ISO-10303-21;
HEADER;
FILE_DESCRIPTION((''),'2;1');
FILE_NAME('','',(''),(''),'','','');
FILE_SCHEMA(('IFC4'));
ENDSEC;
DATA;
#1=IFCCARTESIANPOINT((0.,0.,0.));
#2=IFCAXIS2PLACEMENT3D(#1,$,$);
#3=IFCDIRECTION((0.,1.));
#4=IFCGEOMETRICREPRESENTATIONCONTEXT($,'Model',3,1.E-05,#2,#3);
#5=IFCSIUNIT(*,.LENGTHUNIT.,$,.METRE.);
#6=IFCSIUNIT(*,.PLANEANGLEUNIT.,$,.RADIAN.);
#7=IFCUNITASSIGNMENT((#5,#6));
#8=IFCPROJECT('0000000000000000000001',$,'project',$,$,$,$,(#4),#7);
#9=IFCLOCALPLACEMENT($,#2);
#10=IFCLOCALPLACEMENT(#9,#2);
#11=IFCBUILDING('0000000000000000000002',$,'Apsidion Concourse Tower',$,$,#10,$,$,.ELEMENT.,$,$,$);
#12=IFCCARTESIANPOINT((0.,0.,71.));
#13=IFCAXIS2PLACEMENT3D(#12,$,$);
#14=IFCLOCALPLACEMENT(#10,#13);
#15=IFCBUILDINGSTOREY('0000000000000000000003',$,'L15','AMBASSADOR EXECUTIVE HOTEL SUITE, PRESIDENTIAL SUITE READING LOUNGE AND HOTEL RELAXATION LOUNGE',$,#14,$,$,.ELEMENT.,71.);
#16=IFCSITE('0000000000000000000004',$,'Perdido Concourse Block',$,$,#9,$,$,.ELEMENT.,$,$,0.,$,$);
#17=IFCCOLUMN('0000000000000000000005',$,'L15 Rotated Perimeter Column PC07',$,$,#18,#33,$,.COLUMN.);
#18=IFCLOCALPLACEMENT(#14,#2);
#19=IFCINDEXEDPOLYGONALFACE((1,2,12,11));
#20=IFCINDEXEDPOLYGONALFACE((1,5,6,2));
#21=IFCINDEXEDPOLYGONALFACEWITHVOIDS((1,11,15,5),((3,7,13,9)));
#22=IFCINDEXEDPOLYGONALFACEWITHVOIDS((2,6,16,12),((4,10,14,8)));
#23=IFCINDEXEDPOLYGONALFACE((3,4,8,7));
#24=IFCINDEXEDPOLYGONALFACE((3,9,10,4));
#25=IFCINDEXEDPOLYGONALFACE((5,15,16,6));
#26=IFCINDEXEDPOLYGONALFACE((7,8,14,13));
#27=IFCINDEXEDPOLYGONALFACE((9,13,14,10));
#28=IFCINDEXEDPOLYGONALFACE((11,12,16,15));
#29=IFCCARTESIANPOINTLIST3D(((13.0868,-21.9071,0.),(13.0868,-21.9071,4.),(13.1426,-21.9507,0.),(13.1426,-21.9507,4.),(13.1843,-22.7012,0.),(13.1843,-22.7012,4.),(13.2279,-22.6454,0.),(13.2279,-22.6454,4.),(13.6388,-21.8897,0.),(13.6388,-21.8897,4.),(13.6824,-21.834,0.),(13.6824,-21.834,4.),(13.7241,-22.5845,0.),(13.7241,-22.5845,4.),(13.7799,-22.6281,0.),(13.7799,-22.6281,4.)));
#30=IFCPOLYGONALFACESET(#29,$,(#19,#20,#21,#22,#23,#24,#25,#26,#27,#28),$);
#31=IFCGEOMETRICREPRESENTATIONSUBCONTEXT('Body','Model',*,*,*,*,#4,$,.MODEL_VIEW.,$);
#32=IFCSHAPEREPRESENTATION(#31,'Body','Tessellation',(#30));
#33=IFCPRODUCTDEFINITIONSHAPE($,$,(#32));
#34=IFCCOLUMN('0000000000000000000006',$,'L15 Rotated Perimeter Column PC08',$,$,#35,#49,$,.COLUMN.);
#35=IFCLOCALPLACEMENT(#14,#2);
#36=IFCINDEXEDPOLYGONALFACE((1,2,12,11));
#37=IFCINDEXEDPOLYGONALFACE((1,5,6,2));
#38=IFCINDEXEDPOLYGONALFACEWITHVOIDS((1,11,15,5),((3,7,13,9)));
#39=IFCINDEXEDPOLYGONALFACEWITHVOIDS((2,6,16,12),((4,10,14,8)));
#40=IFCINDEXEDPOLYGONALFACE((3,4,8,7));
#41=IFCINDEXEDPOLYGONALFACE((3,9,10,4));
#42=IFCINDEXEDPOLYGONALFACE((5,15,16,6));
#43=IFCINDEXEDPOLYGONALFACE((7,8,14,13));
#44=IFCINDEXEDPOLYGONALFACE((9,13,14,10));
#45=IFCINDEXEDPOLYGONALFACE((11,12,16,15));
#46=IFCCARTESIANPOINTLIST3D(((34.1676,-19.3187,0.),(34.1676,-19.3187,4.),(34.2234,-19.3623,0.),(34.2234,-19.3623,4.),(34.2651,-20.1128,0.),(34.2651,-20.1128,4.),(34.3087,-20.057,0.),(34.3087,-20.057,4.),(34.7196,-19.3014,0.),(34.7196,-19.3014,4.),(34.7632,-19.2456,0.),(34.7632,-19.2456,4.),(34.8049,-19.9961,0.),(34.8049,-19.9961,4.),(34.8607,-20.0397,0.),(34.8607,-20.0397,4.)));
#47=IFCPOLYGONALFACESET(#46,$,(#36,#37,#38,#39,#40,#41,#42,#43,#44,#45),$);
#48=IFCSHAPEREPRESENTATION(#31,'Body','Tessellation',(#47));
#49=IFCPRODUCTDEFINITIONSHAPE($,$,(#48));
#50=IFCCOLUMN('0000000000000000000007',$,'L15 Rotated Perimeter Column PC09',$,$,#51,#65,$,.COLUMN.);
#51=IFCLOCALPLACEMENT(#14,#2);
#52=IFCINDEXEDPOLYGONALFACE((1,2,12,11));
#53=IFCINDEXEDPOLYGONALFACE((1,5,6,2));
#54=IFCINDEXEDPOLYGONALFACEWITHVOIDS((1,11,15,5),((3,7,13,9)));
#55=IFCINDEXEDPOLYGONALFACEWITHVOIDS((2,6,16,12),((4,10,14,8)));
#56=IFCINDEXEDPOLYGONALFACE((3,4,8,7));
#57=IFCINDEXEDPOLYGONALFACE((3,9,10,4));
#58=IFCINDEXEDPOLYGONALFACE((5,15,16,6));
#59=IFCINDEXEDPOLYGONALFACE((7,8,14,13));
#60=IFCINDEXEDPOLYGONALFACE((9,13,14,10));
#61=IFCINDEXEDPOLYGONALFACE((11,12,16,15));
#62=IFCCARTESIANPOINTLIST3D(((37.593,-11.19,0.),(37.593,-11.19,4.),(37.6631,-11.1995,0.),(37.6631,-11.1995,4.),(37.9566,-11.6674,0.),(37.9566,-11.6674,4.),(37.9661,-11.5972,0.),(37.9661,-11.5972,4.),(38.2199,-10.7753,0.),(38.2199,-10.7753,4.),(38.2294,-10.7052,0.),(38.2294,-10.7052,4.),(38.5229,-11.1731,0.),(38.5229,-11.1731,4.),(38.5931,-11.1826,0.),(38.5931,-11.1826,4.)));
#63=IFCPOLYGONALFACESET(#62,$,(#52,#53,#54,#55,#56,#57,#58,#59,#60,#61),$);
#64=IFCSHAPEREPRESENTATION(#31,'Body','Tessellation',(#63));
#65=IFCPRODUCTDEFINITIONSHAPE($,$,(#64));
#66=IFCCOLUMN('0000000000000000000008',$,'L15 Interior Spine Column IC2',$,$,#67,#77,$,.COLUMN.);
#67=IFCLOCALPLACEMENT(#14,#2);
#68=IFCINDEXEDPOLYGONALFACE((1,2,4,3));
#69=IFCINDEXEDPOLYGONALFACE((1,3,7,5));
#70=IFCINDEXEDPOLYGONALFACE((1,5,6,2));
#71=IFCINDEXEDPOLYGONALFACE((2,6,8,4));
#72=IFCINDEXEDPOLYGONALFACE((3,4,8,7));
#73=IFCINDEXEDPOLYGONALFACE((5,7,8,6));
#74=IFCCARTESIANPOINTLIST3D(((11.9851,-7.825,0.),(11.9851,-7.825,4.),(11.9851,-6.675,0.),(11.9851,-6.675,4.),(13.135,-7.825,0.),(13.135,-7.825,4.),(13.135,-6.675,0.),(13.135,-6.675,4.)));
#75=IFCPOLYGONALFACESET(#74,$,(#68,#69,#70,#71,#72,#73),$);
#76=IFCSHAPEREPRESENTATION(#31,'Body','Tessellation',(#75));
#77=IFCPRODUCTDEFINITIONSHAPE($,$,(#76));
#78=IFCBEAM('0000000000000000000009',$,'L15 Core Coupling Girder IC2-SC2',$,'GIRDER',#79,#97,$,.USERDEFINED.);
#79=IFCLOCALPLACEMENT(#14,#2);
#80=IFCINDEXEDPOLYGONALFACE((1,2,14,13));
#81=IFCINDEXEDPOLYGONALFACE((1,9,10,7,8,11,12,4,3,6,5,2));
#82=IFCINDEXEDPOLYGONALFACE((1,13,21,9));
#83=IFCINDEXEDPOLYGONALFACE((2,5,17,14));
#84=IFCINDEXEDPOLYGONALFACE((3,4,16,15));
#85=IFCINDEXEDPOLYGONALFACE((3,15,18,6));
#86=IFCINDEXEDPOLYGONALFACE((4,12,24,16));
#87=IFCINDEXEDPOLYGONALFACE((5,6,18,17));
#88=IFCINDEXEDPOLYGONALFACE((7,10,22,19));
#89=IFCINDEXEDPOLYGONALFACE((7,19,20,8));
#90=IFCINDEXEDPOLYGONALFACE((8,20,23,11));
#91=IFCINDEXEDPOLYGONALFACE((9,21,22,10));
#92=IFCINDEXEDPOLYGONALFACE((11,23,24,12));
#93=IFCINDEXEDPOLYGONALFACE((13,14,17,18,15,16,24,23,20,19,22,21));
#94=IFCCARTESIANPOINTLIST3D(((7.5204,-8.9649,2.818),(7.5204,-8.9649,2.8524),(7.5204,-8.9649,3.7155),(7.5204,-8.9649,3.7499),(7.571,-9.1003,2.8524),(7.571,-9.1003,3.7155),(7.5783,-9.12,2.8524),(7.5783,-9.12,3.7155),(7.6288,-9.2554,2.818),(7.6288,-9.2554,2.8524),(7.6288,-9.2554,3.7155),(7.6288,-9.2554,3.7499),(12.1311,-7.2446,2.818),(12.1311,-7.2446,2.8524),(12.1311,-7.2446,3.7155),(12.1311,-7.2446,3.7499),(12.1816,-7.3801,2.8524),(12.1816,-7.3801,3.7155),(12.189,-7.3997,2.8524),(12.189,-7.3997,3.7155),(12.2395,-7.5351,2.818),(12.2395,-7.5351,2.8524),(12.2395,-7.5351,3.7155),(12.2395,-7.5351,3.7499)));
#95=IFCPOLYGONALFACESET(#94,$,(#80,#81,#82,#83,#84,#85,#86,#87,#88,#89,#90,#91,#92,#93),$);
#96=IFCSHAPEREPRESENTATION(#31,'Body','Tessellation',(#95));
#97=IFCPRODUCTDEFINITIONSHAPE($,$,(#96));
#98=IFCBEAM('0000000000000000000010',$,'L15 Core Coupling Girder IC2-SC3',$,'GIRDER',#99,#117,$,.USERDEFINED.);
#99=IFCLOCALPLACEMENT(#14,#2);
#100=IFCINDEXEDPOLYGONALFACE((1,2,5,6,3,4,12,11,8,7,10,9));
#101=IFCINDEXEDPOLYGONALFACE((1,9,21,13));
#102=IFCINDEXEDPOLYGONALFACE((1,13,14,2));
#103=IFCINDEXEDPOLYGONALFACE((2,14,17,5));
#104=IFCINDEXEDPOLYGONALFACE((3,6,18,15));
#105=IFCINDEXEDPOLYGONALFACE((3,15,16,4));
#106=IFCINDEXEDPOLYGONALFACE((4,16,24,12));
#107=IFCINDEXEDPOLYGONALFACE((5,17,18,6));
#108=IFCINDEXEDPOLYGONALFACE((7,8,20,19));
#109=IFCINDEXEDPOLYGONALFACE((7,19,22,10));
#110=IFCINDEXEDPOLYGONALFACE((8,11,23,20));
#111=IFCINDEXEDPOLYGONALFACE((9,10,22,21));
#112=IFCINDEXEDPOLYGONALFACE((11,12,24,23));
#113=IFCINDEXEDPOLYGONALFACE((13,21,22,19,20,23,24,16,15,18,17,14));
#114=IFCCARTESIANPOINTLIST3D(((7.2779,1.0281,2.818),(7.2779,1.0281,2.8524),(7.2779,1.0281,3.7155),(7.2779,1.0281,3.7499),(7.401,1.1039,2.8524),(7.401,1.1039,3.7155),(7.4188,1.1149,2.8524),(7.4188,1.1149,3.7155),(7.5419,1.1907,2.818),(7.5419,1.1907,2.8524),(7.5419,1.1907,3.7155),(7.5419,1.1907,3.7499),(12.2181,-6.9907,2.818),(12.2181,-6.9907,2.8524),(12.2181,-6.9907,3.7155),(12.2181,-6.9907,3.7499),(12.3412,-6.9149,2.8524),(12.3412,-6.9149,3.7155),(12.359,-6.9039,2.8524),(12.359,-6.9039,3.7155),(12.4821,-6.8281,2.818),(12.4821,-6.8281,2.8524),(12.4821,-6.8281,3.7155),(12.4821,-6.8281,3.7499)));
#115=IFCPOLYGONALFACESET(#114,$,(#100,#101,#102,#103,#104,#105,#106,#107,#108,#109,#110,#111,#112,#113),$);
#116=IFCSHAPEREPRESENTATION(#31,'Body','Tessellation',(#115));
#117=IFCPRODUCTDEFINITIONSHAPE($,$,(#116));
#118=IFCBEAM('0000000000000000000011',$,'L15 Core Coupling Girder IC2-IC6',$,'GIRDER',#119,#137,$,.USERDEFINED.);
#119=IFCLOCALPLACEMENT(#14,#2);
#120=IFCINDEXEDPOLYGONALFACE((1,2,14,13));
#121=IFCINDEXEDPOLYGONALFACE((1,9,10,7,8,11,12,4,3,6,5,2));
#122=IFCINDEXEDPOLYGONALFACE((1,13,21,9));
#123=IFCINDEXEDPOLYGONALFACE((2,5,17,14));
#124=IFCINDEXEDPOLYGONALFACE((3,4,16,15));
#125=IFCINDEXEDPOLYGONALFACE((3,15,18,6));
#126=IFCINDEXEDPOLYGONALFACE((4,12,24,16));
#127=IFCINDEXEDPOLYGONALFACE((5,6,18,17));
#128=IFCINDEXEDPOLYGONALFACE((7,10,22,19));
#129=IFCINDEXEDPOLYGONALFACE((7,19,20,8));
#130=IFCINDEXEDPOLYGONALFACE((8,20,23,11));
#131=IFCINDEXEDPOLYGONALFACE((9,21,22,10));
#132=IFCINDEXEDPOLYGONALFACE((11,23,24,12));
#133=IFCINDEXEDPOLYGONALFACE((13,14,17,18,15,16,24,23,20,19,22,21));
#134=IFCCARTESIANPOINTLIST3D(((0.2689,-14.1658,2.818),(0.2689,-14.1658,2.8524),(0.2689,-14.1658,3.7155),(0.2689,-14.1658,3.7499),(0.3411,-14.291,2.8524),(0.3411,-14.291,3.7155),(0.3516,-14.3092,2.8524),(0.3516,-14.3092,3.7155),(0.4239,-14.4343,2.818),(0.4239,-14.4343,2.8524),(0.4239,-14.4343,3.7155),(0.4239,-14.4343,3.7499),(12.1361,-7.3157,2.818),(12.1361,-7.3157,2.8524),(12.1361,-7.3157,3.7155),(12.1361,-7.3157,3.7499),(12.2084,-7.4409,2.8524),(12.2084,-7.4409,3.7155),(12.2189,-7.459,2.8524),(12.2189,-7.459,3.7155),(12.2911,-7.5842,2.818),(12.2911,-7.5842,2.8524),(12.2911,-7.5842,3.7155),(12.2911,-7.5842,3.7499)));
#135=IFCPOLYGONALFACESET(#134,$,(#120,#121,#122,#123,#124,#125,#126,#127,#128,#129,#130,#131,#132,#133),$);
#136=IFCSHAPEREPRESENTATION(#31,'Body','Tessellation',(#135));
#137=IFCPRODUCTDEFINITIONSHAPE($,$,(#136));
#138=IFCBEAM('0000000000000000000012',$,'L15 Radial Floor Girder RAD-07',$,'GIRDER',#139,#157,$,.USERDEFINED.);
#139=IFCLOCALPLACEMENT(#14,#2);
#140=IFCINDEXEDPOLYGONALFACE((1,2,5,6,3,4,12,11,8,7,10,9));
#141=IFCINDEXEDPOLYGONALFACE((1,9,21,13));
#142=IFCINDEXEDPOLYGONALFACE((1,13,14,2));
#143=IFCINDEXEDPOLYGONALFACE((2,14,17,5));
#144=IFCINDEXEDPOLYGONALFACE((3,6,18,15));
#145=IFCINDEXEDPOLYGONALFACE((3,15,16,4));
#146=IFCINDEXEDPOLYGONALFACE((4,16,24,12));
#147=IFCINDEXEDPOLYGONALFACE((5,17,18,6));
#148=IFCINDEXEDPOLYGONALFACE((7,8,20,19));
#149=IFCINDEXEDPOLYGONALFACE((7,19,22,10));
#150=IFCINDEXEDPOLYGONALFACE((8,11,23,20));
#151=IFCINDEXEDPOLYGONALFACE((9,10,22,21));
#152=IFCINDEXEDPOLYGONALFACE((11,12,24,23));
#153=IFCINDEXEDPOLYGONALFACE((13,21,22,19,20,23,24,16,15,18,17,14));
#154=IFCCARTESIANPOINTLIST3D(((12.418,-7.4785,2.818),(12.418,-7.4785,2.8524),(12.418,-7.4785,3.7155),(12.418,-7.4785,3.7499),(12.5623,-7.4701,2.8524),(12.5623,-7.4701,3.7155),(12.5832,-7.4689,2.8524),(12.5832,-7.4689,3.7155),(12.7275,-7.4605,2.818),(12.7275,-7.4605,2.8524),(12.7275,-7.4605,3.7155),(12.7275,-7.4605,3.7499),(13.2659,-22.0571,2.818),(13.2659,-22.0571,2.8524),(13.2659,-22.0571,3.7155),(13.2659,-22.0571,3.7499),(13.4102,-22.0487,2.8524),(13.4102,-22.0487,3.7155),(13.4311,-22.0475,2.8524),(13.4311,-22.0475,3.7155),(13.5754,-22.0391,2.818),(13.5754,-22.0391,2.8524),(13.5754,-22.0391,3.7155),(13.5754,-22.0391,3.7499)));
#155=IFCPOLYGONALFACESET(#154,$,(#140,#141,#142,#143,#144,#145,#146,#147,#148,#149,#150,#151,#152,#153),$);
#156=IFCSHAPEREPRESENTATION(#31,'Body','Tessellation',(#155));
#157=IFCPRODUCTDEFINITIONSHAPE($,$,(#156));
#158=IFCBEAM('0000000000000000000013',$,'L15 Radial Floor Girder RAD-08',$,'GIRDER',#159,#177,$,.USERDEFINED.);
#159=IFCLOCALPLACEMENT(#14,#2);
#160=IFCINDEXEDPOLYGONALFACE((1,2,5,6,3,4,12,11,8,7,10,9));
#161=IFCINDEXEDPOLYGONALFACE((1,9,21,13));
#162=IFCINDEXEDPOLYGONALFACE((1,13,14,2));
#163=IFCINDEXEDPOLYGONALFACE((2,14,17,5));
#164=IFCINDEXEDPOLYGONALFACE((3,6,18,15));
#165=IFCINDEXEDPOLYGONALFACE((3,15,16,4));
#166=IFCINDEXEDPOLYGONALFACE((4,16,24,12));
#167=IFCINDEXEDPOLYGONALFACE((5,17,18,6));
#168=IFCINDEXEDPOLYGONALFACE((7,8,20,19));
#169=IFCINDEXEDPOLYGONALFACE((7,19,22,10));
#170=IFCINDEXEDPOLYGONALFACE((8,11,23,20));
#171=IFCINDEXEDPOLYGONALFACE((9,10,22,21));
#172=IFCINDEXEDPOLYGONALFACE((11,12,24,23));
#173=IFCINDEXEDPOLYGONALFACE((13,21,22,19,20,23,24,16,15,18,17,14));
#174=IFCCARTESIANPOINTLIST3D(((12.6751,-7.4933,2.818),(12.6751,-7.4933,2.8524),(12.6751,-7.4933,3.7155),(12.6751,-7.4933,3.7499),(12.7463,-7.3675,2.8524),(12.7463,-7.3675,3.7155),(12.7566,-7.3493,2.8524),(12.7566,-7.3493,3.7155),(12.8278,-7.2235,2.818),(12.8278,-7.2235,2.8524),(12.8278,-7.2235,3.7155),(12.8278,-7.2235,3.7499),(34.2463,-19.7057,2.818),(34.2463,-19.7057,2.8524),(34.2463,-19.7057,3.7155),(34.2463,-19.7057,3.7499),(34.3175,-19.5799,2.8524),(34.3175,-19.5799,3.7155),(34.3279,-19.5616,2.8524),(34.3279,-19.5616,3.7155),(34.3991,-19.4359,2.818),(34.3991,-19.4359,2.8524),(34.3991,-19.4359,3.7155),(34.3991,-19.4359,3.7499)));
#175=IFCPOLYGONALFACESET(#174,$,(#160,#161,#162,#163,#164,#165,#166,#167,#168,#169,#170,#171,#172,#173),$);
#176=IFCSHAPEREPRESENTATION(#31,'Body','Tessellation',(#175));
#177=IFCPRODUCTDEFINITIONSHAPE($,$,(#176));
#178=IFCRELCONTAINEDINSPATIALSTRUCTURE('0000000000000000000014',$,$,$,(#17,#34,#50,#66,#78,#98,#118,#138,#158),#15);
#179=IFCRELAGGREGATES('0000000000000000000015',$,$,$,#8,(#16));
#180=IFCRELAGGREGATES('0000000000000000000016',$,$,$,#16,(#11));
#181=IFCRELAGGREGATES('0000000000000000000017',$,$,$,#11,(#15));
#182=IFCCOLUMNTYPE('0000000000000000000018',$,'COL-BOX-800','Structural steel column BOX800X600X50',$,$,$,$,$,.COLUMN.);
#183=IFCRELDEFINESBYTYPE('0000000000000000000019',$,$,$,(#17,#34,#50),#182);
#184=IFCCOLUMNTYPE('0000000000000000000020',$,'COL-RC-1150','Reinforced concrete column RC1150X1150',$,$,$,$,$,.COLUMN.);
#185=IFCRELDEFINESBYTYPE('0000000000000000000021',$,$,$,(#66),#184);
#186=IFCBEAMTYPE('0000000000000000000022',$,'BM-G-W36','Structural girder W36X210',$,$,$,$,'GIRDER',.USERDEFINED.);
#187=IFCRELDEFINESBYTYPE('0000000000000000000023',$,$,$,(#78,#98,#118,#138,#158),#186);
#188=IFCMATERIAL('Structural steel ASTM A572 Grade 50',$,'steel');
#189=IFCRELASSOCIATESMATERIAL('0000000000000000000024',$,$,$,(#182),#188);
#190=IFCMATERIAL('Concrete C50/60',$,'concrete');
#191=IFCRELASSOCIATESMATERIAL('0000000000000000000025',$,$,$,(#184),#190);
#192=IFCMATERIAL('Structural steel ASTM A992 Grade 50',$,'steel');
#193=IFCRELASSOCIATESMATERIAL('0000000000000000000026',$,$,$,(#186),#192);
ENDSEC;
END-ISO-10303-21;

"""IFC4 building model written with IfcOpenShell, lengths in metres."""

from ifc_helpers import new_model, si_unit, direction, frame, origin, origin_2d, place, context, subcontext, project, spatial, rectangle, hollow_rectangle, i_section, extrude, material, material_profile, profile_set, type_object, element, save


model = new_model("IFC4")

# Units and contexts
model_context = context("Model", 3, precision=1e-05, world=origin(), true_north=direction((0.0, 1.0)))
body_context = subcontext(model_context, "Body", "Model", "MODEL_VIEW")
ifc_project = project(units=[si_unit("LENGTHUNIT", "METRE"), si_unit("PLANEANGLEUNIT", "RADIAN")], contexts=[model_context])

# Site, building, storey
site_placement = place(None, origin())
site = spatial("IfcSite", under=ifc_project, at=site_placement, Name="Perdido Concourse Block", CompositionType="ELEMENT", RefElevation=0.0)
building_placement = place(site_placement, origin())
building = spatial("IfcBuilding", under=site, at=building_placement, Name="Apsidion Concourse Tower", CompositionType="ELEMENT")
storey_placement = place(building_placement, frame((0.0, 0.0, 71.0)))
storey = spatial("IfcBuildingStorey", under=building, at=storey_placement, Name="L15", Description="AMBASSADOR EXECUTIVE HOTEL SUITE, PRESIDENTIAL SUITE READING LOUNGE AND HOTEL RELAXATION LOUNGE", CompositionType="ELEMENT", Elevation=71.0)

# Columns
ifc_material_1 = material(Name="Structural steel ASTM A572 Grade 50", Category="steel")
ifc_material_profile_1 = material_profile(ifc_material_1, hollow_rectangle(XDim=0.6001, YDim=0.8, WallThickness=0.05, at=origin_2d()), Name="BOX800X600X50")
ifc_profile_set_1 = profile_set([ifc_material_profile_1], Name="Structural steel ASTM A572 Grade 50")
column_type_1 = type_object("IfcColumnType", Name="COL-BOX-800", Description="Structural steel column BOX800X600X50", PredefinedType="COLUMN", material=ifc_profile_set_1)
for number, where, z_axis, x_axis, name in (
    (1, (13.4333, -22.2676, 0.0), (0.0, 0.0, 1.0), (0.992546, 0.121869, 0.0), "L15 Rotated Perimeter Column PC07"),
    (2, (34.5142, -19.6792, 0.0), (0.0, 0.0, 1.0), (0.992546, 0.121869, 0.0), "L15 Rotated Perimeter Column PC08"),
    (3, (38.093, -11.1863, 0.0), (0.0, 0.0, 1.0), (-0.605988, 0.795473, 0.0), "L15 Rotated Perimeter Column PC09"),
):
    element("IfcColumn", number, at=place(storey_placement, frame(where, z_axis=z_axis, x_axis=x_axis)), inside=storey, type_object=column_type_1, Name=name, PredefinedType="COLUMN", context=body_context, shape_type="SweptSolid", body=[
        extrude(hollow_rectangle(XDim=0.6001, YDim=0.8, WallThickness=0.05, at=origin_2d()), origin(), (0.0, 0.0, 1.0), 4.0),
    ])
ifc_material_2 = material(Name="Concrete C50/60", Category="concrete")
ifc_material_profile_2 = material_profile(ifc_material_2, rectangle(XDim=1.1499, YDim=1.1499, at=origin_2d()), Name="RC 1150x1150")
ifc_profile_set_2 = profile_set([ifc_material_profile_2], Name="Concrete C50/60")
column_type_2 = type_object("IfcColumnType", Name="COL-RC-1150", Description="Reinforced concrete column RC1150X1150", PredefinedType="COLUMN", material=ifc_profile_set_2)
column_placement = place(storey_placement, frame((12.5601, -7.25, 0.0), z_axis=(0.0, 0.0, 1.0), x_axis=(1.0, 0.0, 0.0)))
element("IfcColumn", 4, at=column_placement, inside=storey, type_object=column_type_2, Name="L15 Interior Spine Column IC2", PredefinedType="COLUMN", context=body_context, shape_type="SweptSolid", body=[
    extrude(rectangle(XDim=1.1499, YDim=1.1499, at=origin_2d()), origin(), (0.0, 0.0, 1.0), 4.0),
])

# Beams
ifc_material_3 = material(Name="Structural steel ASTM A992 Grade 50", Category="steel")
ifc_material_profile_3 = material_profile(ifc_material_3, i_section(OverallWidth=0.3101, OverallDepth=0.9319, WebThickness=0.021, FlangeThickness=0.0344, at=origin_2d()), Name="W36X210")
ifc_profile_set_3 = profile_set([ifc_material_profile_3], Name="Structural steel ASTM A992 Grade 50")
beam_type_1 = type_object("IfcBeamType", Name="BM-G-W36", Description="Structural girder W36X210", ElementType="GIRDER", PredefinedType="USERDEFINED", material=ifc_profile_set_3)
beam_1_placement = place(storey_placement, frame((12.1853, -7.3899, 3.2839), z_axis=(-0.936913, -0.349563, 0.0), x_axis=(0.349563, -0.936913, 0.0)))
element("IfcBeam", 5, at=beam_1_placement, inside=storey, type_object=beam_type_1, Name="L15 Core Coupling Girder IC2-SC2", ObjectType="GIRDER", PredefinedType="USERDEFINED", context=body_context, shape_type="SweptSolid", body=[
    extrude(i_section(OverallWidth=0.3101, OverallDepth=0.9319, WebThickness=0.021, FlangeThickness=0.0344, at=origin_2d()), origin(), (0.0, 0.0, 1.0), 4.9211),
])
beam_2_placement = place(storey_placement, frame((12.3501, -6.9094, 3.2839), z_axis=(-0.524524, 0.851396, 0.0), x_axis=(-0.851396, -0.524524, 0.0)))
element("IfcBeam", 6, at=beam_2_placement, inside=storey, type_object=beam_type_1, Name="L15 Core Coupling Girder IC2-SC3", ObjectType="GIRDER", PredefinedType="USERDEFINED", context=body_context, shape_type="SweptSolid", body=[
    extrude(i_section(OverallWidth=0.3101, OverallDepth=0.9319, WebThickness=0.021, FlangeThickness=0.0344, at=origin_2d()), origin(), (0.0, 0.0, 1.0), 9.4185),
])
beam_3_placement = place(storey_placement, frame((12.2136, -7.45, 3.2839), z_axis=(-0.86607, -0.499922, 0.0), x_axis=(0.499922, -0.86607, 0.0)))
element("IfcBeam", 7, at=beam_3_placement, inside=storey, type_object=beam_type_1, Name="L15 Core Coupling Girder IC2-IC6", ObjectType="GIRDER", PredefinedType="USERDEFINED", context=body_context, shape_type="SweptSolid", body=[
    extrude(i_section(OverallWidth=0.3101, OverallDepth=0.9319, WebThickness=0.021, FlangeThickness=0.0344, at=origin_2d()), origin(), (0.0, 0.0, 1.0), 13.7024),
])
beam_4_placement = place(storey_placement, frame((12.5728, -7.4695, 3.2839), z_axis=(0.058062, -0.998313, 0.0), x_axis=(0.998313, 0.058062, 0.0)))
element("IfcBeam", 8, at=beam_4_placement, inside=storey, type_object=beam_type_1, Name="L15 Radial Floor Girder RAD-07", ObjectType="GIRDER", PredefinedType="USERDEFINED", context=body_context, shape_type="SweptSolid", body=[
    extrude(i_section(OverallWidth=0.3101, OverallDepth=0.9319, WebThickness=0.021, FlangeThickness=0.0344, at=origin_2d()), origin(), (0.0, 0.0, 1.0), 14.6033),
])
beam_5_placement = place(storey_placement, frame((12.7515, -7.3584, 3.2839), z_axis=(0.870218, -0.492667, 0.0), x_axis=(0.492667, 0.870218, 0.0)))
element("IfcBeam", 9, at=beam_5_placement, inside=storey, type_object=beam_type_1, Name="L15 Radial Floor Girder RAD-08", ObjectType="GIRDER", PredefinedType="USERDEFINED", context=body_context, shape_type="SweptSolid", body=[
    extrude(i_section(OverallWidth=0.3101, OverallDepth=0.9319, WebThickness=0.021, FlangeThickness=0.0344, at=origin_2d()), origin(), (0.0, 0.0, 1.0), 24.7883),
])

save(model, "model.ifc")
